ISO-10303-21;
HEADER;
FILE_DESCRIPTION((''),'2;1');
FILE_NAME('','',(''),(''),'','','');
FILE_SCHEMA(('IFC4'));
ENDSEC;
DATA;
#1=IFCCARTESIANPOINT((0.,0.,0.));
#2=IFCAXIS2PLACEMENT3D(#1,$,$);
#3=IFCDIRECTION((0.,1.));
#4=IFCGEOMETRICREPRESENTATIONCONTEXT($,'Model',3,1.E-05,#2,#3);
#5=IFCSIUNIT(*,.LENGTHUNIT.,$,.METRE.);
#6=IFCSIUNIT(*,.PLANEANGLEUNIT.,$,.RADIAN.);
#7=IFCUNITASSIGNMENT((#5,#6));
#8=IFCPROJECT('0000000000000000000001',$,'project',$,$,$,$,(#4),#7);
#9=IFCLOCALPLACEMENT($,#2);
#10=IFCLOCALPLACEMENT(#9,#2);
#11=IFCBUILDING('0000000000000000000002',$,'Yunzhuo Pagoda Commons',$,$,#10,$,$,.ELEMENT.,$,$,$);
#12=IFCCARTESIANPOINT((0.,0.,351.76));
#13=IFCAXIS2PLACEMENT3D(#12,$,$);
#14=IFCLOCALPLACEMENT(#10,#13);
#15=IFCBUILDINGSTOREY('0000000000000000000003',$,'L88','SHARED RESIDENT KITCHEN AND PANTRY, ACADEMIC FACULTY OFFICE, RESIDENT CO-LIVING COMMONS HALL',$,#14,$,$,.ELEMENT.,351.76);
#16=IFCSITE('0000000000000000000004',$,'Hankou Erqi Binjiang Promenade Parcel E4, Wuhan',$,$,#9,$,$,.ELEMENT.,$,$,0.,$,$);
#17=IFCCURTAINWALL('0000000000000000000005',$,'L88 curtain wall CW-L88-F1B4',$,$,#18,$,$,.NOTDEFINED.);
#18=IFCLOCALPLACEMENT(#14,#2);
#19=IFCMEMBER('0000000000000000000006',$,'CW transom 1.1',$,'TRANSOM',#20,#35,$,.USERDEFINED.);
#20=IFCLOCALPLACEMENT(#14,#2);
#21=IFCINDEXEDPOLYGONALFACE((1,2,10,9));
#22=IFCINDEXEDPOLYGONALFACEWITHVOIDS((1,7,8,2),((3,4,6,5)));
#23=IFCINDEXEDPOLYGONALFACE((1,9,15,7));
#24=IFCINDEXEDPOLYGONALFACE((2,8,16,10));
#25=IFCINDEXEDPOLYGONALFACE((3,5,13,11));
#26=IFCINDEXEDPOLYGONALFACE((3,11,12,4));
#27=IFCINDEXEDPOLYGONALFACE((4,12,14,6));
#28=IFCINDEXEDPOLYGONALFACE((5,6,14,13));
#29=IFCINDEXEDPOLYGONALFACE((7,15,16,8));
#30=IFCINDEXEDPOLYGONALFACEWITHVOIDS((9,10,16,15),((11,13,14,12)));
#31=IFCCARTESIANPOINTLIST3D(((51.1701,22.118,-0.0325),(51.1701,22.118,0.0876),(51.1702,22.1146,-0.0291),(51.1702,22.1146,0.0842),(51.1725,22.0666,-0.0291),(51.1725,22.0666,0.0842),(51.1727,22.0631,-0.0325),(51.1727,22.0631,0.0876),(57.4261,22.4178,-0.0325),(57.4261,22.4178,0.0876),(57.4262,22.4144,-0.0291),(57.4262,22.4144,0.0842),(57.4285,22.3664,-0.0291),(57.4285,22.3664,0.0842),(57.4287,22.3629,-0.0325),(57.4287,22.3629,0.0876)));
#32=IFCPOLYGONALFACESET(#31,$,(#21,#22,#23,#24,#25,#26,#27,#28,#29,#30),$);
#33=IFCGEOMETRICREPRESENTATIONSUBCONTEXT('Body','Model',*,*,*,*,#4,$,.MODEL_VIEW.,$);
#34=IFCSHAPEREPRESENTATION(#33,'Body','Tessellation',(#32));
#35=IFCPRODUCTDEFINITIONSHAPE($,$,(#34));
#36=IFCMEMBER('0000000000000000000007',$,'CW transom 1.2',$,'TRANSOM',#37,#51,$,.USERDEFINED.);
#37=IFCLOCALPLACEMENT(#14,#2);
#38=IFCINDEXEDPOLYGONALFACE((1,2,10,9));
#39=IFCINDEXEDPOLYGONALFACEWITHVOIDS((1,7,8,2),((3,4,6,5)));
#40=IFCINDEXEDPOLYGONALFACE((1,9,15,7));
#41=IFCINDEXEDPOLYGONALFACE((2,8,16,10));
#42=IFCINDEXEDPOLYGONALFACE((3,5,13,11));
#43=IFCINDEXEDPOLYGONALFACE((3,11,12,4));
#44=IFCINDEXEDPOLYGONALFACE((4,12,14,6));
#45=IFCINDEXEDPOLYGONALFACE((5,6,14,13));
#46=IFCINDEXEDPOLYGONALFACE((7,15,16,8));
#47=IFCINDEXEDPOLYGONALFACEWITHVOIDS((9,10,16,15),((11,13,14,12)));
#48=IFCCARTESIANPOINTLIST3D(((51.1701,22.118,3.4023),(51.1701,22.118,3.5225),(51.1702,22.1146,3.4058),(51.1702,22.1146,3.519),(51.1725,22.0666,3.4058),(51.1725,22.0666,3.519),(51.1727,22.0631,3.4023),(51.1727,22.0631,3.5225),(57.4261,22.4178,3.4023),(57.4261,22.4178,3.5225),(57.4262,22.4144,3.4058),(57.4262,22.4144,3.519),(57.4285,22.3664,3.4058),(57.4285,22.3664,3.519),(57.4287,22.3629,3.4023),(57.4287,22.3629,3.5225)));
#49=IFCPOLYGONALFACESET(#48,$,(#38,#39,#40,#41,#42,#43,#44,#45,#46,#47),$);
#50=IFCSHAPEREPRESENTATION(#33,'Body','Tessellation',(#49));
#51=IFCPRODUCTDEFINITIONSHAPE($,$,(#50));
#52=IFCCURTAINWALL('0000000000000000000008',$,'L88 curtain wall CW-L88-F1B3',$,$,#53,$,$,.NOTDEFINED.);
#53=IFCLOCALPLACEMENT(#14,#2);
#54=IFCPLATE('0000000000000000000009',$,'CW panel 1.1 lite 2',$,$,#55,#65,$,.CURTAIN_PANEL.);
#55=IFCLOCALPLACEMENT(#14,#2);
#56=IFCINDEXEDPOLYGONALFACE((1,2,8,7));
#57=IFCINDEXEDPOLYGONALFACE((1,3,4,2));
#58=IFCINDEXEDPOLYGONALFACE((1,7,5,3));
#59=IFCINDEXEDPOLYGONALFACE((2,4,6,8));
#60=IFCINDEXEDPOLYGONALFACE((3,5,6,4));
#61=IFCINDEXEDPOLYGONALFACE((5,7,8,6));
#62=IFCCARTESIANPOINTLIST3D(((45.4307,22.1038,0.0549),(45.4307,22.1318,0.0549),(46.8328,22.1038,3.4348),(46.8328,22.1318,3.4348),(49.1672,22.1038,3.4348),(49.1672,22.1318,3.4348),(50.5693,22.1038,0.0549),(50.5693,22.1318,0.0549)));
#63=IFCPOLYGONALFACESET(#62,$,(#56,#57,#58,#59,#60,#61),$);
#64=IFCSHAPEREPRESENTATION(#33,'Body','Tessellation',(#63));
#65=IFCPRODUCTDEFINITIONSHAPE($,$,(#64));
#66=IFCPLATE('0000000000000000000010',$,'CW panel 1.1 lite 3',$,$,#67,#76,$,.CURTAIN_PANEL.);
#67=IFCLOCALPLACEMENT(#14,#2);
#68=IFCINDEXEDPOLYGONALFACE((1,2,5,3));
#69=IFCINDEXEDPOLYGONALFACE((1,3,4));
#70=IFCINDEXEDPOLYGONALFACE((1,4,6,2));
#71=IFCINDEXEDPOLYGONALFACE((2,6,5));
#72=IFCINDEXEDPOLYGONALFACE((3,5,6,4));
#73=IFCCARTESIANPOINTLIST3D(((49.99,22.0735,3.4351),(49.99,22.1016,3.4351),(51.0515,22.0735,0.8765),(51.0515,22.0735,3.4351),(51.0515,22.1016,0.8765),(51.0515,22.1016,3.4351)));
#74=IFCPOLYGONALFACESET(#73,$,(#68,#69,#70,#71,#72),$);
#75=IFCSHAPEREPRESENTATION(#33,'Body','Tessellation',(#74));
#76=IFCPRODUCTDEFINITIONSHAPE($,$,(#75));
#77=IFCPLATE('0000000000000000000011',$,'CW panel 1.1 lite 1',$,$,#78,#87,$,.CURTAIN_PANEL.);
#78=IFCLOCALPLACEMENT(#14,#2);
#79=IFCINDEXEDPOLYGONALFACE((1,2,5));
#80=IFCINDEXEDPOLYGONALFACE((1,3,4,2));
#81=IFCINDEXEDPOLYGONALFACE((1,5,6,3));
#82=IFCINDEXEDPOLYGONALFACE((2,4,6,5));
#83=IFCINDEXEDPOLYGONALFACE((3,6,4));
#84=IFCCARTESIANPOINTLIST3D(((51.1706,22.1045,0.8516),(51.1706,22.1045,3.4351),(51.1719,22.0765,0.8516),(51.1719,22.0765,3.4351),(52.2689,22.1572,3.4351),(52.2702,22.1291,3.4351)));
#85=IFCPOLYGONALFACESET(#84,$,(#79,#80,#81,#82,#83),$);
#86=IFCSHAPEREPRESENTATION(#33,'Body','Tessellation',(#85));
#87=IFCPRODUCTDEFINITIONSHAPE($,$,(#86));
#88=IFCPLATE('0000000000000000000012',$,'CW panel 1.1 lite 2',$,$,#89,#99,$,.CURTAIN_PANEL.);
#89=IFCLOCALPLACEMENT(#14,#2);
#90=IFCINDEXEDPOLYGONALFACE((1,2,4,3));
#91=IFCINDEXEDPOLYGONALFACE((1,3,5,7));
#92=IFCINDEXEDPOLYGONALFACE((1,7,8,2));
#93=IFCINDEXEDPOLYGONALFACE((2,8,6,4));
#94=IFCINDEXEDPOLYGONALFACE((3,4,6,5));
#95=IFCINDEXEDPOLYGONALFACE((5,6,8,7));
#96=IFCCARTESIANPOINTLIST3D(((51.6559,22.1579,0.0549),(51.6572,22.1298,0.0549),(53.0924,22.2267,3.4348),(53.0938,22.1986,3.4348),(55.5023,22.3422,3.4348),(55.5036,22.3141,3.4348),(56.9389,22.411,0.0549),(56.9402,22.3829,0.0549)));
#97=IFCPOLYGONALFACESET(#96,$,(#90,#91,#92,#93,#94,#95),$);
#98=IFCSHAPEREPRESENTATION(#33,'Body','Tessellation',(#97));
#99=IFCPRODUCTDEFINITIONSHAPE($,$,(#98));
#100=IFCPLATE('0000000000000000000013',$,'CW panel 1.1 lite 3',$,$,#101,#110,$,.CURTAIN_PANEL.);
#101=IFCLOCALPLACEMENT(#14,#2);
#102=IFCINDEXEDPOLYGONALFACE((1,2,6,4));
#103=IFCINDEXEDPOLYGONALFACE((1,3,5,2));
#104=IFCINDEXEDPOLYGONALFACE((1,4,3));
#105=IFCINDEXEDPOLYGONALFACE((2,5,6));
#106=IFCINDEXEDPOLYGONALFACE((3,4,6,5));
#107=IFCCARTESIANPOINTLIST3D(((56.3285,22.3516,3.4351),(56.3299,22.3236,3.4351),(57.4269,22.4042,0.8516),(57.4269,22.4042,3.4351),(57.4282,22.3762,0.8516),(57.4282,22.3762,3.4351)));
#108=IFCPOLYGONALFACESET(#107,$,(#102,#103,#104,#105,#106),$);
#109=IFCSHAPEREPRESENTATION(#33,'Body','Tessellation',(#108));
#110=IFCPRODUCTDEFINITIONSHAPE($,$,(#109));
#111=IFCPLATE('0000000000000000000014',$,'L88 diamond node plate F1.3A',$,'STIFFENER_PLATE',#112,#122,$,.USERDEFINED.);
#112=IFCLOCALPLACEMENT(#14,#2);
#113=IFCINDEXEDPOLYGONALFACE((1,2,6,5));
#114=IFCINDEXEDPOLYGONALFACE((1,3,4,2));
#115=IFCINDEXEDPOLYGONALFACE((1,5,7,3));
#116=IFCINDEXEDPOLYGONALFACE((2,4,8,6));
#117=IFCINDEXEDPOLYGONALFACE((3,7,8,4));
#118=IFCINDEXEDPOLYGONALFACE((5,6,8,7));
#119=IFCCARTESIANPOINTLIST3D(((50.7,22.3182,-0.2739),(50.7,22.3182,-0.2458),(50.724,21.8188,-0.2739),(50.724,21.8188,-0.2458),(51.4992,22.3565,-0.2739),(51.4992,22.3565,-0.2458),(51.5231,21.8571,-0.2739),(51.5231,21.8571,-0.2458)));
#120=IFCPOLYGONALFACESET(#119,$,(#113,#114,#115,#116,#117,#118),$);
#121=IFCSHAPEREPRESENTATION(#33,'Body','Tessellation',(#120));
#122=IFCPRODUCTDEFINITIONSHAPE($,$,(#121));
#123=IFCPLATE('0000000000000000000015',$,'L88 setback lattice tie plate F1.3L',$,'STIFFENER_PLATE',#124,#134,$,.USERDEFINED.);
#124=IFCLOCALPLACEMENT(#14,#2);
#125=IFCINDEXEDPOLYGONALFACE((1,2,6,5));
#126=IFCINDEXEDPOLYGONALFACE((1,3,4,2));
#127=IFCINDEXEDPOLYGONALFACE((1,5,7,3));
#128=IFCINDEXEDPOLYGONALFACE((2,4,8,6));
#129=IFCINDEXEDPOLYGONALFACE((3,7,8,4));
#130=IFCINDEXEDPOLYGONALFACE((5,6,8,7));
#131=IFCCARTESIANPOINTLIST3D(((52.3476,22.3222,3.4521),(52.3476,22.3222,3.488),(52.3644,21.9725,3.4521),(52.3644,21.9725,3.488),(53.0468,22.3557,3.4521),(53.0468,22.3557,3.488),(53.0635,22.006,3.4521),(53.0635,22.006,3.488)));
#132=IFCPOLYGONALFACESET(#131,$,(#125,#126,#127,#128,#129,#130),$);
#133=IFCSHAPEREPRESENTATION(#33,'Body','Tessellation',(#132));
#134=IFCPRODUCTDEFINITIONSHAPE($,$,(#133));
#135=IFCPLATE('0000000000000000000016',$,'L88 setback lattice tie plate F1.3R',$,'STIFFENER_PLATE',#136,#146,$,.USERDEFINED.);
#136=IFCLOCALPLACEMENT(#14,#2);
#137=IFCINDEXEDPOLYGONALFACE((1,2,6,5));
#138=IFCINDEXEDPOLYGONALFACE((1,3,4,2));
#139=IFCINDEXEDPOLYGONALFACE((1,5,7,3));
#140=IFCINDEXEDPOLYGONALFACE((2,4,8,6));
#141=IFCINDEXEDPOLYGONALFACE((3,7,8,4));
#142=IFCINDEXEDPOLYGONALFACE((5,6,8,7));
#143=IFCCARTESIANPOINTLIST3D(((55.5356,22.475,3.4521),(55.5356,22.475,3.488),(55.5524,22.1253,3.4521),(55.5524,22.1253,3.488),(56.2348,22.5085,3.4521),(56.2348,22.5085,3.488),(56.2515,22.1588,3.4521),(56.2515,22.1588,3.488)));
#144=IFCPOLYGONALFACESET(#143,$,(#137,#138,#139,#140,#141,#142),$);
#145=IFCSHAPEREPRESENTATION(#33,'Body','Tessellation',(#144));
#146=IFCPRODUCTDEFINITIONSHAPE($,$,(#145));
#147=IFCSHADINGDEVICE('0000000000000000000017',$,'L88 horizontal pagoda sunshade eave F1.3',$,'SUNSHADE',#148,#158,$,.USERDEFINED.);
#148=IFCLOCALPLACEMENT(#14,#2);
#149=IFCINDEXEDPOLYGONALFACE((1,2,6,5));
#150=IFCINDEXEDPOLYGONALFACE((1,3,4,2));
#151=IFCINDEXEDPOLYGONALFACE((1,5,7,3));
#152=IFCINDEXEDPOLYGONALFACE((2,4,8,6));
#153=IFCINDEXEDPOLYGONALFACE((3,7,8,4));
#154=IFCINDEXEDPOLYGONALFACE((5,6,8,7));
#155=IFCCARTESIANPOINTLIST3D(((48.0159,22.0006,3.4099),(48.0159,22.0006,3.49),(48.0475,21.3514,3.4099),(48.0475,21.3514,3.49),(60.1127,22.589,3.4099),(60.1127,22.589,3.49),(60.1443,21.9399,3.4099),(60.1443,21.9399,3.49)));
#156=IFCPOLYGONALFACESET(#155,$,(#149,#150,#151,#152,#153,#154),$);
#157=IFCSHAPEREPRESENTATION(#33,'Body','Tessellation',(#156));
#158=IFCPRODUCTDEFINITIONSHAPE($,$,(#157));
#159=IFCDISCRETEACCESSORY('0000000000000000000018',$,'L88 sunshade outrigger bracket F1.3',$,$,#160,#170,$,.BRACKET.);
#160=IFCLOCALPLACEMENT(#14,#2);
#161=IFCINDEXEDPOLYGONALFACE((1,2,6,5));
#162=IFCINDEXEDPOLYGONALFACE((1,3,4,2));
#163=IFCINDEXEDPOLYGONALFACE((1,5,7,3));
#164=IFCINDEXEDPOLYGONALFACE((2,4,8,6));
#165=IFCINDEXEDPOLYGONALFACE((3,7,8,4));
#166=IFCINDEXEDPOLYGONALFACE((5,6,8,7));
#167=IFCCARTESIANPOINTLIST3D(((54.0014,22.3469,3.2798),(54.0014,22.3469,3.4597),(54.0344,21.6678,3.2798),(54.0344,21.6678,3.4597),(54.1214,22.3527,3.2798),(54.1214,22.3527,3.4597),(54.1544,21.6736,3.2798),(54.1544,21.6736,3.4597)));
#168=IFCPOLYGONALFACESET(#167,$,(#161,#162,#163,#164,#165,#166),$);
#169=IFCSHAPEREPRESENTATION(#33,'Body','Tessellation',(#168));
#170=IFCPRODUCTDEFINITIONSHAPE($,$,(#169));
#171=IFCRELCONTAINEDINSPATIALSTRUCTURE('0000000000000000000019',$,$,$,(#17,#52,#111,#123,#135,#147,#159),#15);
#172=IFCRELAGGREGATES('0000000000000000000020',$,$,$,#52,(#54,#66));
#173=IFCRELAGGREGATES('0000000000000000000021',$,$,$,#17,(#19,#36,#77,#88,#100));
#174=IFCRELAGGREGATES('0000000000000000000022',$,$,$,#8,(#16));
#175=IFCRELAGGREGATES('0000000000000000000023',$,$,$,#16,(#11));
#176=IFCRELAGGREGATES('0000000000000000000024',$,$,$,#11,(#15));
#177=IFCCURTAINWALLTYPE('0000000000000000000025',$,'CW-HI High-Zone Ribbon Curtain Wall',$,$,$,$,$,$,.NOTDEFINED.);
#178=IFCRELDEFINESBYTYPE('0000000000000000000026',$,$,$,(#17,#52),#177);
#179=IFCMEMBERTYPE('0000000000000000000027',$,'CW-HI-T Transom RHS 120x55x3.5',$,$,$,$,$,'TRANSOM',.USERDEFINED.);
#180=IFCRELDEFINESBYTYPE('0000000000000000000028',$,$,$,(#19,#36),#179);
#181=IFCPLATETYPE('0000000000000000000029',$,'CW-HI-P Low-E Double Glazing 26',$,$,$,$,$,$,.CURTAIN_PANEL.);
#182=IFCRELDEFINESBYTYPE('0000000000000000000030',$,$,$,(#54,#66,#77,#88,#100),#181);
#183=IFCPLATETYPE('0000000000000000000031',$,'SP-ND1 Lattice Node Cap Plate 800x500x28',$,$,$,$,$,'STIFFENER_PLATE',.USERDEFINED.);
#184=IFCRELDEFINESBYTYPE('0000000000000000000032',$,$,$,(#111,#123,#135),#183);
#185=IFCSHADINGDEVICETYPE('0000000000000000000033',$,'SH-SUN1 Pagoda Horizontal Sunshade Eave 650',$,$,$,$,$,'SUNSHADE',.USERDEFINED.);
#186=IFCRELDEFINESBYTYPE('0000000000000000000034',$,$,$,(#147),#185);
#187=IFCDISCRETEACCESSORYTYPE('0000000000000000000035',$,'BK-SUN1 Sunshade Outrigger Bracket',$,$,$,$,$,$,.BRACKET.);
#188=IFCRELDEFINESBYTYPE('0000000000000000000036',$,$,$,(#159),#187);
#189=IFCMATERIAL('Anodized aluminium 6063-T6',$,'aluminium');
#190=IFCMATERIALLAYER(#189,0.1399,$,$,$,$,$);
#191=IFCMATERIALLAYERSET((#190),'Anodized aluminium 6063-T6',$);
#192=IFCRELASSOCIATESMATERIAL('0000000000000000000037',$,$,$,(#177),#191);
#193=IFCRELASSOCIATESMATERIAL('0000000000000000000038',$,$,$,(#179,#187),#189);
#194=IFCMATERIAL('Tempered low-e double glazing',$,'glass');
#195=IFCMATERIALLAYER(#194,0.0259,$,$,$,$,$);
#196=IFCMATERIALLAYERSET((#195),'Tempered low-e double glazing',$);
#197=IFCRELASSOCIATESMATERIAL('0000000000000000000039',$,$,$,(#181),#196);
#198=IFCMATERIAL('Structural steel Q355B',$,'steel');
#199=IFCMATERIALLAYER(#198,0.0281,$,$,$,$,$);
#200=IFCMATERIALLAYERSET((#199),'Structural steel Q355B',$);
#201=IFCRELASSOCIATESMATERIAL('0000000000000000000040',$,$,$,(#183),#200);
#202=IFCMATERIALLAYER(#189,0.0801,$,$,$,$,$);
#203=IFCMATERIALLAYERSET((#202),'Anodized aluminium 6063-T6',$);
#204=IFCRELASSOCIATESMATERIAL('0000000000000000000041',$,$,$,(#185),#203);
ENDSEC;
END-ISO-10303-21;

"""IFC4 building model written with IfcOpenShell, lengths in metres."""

from ifc_helpers import new_model, si_unit, direction, frame, origin, origin_2d, place, context, subcontext, project, spatial, polyline, rectangle, hollow_rectangle, outline, extrude, source, transform, mapped, material, layer, layer_set, material_profile, profile_set, type_object, element, aggregate, save


model = new_model("IFC4")

# Units and contexts
model_context = context("Model", 3, precision=1e-05, world=origin(), true_north=direction((0.0, 1.0)))
body_context = subcontext(model_context, "Body", "Model", "MODEL_VIEW")
ifc_project = project(units=[si_unit("LENGTHUNIT", "METRE"), si_unit("PLANEANGLEUNIT", "RADIAN")], contexts=[model_context])

# Site, building, storey
site_placement = place(None, origin())
site = spatial("IfcSite", under=ifc_project, at=site_placement, Name="Hankou Erqi Binjiang Promenade Parcel E4, Wuhan", CompositionType="ELEMENT", RefElevation=0.0)
building_placement = place(site_placement, origin())
building = spatial("IfcBuilding", under=site, at=building_placement, Name="Yunzhuo Pagoda Commons", CompositionType="ELEMENT")
storey_placement = place(building_placement, frame((0.0, 0.0, 351.76)))
storey = spatial("IfcBuildingStorey", under=building, at=storey_placement, Name="L88", Description="SHARED RESIDENT KITCHEN AND PANTRY, ACADEMIC FACULTY OFFICE, RESIDENT CO-LIVING COMMONS HALL", CompositionType="ELEMENT", Elevation=351.76)

# Shared definitions
ifc_material_1 = material(Name="Structural steel Q355B", Category="steel")

# Curtain wall, members
ifc_material_2 = material(Name="Anodized aluminium 6063-T6", Category="aluminium")
ifc_layer_1 = layer(ifc_material_2, 0.1399)
ifc_layer_set_1 = layer_set([ifc_layer_1], Name="Anodized aluminium 6063-T6")
curtain_wall_type = type_object("IfcCurtainWallType", Name="CW-HI High-Zone Ribbon Curtain Wall", PredefinedType="NOTDEFINED", material=ifc_layer_set_1)
curtain_wall_1_placement = place(storey_placement, origin())
curtain_wall_1 = element("IfcCurtainWall", 1, at=curtain_wall_1_placement, inside=storey, type_object=curtain_wall_type, Name="L88 curtain wall CW-L88-F1B4", PredefinedType="NOTDEFINED")
ifc_material_profile_1 = material_profile(ifc_material_2, hollow_rectangle(XDim=0.0549, YDim=0.1201, WallThickness=0.0034, at=origin_2d()), Name="Anodized aluminium 6063-T6")
ifc_profile_set_1 = profile_set([ifc_material_profile_1], Name="Anodized aluminium 6063-T6")
member_type_1 = type_object("IfcMemberType", Name="CW-HI-T Transom RHS 120x55x3.5", ElementType="TRANSOM", PredefinedType="USERDEFINED", material=ifc_profile_set_1)
shared_shape_1 = source(origin(), body_context, "Body", "SweptSolid", [
    extrude(hollow_rectangle(XDim=0.0549, YDim=0.1201, WallThickness=0.0034, at=origin_2d()), origin(), (0.0, 0.0, 1.0), 6.2632),
])
member_1_placement = place(storey_placement, frame((51.1714, 22.0906, 0.0276), z_axis=(0.998854, 0.047867, 0.0), x_axis=(-0.047867, 0.998854, 0.0)))
member_1 = element("IfcMember", 2, at=member_1_placement, type_object=member_type_1, Name="CW transom 1.1", ObjectType="TRANSOM", PredefinedType="USERDEFINED", context=body_context, shape_type="MappedRepresentation", body=[
    mapped(shared_shape_1, transform((0.0, 0.0, 0.0), scale=1.0)),
])
member_2_placement = place(storey_placement, frame((51.1714, 22.0906, 3.4624), z_axis=(0.998854, 0.047867, 0.0), x_axis=(-0.047867, 0.998854, 0.0)))
member_2 = element("IfcMember", 3, at=member_2_placement, type_object=member_type_1, Name="CW transom 1.2", ObjectType="TRANSOM", PredefinedType="USERDEFINED", context=body_context, shape_type="MappedRepresentation", body=[
    mapped(shared_shape_1, transform((0.0, 0.0, 0.0), scale=1.0)),
])

# Curtain wall, plates
curtain_wall_2_placement = place(storey_placement, origin())
curtain_wall_2 = element("IfcCurtainWall", 4, at=curtain_wall_2_placement, inside=storey, type_object=curtain_wall_type, Name="L88 curtain wall CW-L88-F1B3", PredefinedType="NOTDEFINED")
ifc_material_3 = material(Name="Tempered low-e double glazing", Category="glass")
ifc_layer_2 = layer(ifc_material_3, 0.0259)
ifc_layer_set_2 = layer_set([ifc_layer_2], Name="Tempered low-e double glazing")
plate_type_1 = type_object("IfcPlateType", Name="CW-HI-P Low-E Double Glazing 26", PredefinedType="CURTAIN_PANEL", material=ifc_layer_set_2)
plate_1_placement = place(storey_placement, frame((48.0, 22.1318, 1.7449), z_axis=(0.0, -1.0, 0.0), x_axis=(1.0, 0.0, 0.0)))
plate_1 = element("IfcPlate", 5, at=plate_1_placement, type_object=plate_type_1, Name="CW panel 1.1 lite 2", PredefinedType="CURTAIN_PANEL", context=body_context, shape_type="SweptSolid", body=[
    extrude(outline(polyline([(-2.5693, -1.6899), (2.5693, -1.6899), (1.1672, 1.6899), (-1.1672, 1.6899), (-2.5693, -1.6899)])), origin(), (0.0, 0.0, 1.0), 0.0281),
])
plate_2_placement = place(storey_placement, frame((50.5208, 22.1016, 2.1558), z_axis=(0.0, -1.0, 0.0), x_axis=(1.0, 0.0, 0.0)))
plate_2 = element("IfcPlate", 6, at=plate_2_placement, type_object=plate_type_1, Name="CW panel 1.1 lite 3", PredefinedType="CURTAIN_PANEL", context=body_context, shape_type="SweptSolid", body=[
    extrude(outline(polyline([(-0.5308, 1.2793), (0.5308, -1.2793), (0.5308, 1.2793), (-0.5308, 1.2793)])), origin(), (0.0, 0.0, 1.0), 0.0281),
])
aggregate(curtain_wall_2, [plate_1, plate_2])

# Plates
plate_3_placement = place(storey_placement, frame((51.7197, 22.1309, 2.1433), z_axis=(0.047859, -0.998854, 0.0), x_axis=(0.998854, 0.047859, 0.0)))
plate_3 = element("IfcPlate", 7, at=plate_3_placement, type_object=plate_type_1, Name="CW panel 1.1 lite 1", PredefinedType="CURTAIN_PANEL", context=body_context, shape_type="SweptSolid", body=[
    extrude(outline(polyline([(-0.5498, -1.2917), (0.5498, 1.2917), (-0.5498, 1.2917), (-0.5498, -1.2917)])), origin(), (0.0, 0.0, 1.0), 0.0281),
])
plate_4_placement = place(storey_placement, frame((54.2974, 22.2844, 1.7449), z_axis=(0.047859, -0.998854, 0.0), x_axis=(0.998854, 0.047859, 0.0)))
plate_4 = element("IfcPlate", 8, at=plate_4_placement, type_object=plate_type_1, Name="CW panel 1.1 lite 2", PredefinedType="CURTAIN_PANEL", context=body_context, shape_type="SweptSolid", body=[
    extrude(outline(polyline([(-2.6445, -1.6899), (2.6445, -1.6899), (1.2063, 1.6899), (-1.2063, 1.6899), (-2.6445, -1.6899)])), origin(), (0.0, 0.0, 1.0), 0.0281),
])
plate_5_placement = place(storey_placement, frame((56.8777, 22.3779, 2.1433), z_axis=(0.047859, -0.998854, 0.0), x_axis=(0.998854, 0.047859, 0.0)))
plate_5 = element("IfcPlate", 9, at=plate_5_placement, type_object=plate_type_1, Name="CW panel 1.1 lite 3", PredefinedType="CURTAIN_PANEL", context=body_context, shape_type="SweptSolid", body=[
    extrude(outline(polyline([(-0.5498, 1.2917), (0.5498, -1.2917), (0.5498, 1.2917), (-0.5498, 1.2917)])), origin(), (0.0, 0.0, 1.0), 0.0281),
])
aggregate(curtain_wall_1, [member_1, member_2, plate_3, plate_4, plate_5])

# Plates
ifc_layer_3 = layer(ifc_material_1, 0.0281)
ifc_layer_set_3 = layer_set([ifc_layer_3], Name="Structural steel Q355B")
plate_type_2 = type_object("IfcPlateType", Name="SP-ND1 Lattice Node Cap Plate 800x500x28", ElementType="STIFFENER_PLATE", PredefinedType="USERDEFINED", material=ifc_layer_set_3)
shared_shape_2 = source(origin(), body_context, "Body", "SweptSolid", [
    extrude(rectangle(XDim=0.8, YDim=0.5, at=origin_2d()), origin(), (0.0, 0.0, 1.0), 0.0281),
])
plate_6_placement = place(storey_placement, frame((51.1116, 22.0876, -0.2739), z_axis=(0.0, 0.0, 1.0), x_axis=(0.998854, 0.047856, 0.0)))
element("IfcPlate", 10, at=plate_6_placement, inside=storey, type_object=plate_type_2, Name="L88 diamond node plate F1.3A", ObjectType="STIFFENER_PLATE", PredefinedType="USERDEFINED", context=body_context, shape_type="MappedRepresentation", body=[
    mapped(shared_shape_2, transform((0.0, 0.0, 0.0), scale=1.0)),
])
shared_shape_3 = source(origin(), body_context, "Body", "SweptSolid", [
    extrude(rectangle(XDim=0.7, YDim=0.3501, at=origin_2d()), origin(), (0.0, 0.0, 1.0), 0.0359),
])
for number, where, z_axis, x_axis, name in (
    (11, (52.7056, 22.1641, 3.4521), (0.0, 0.0, 1.0), (0.998854, 0.047856, 0.0), "L88 setback lattice tie plate F1.3L"),
    (12, (55.8936, 22.3169, 3.4521), (0.0, 0.0, 1.0), (0.998854, 0.047856, 0.0), "L88 setback lattice tie plate F1.3R"),
):
    element("IfcPlate", number, at=place(storey_placement, frame(where, z_axis=z_axis, x_axis=x_axis)), inside=storey, type_object=plate_type_2, Name=name, ObjectType="STIFFENER_PLATE", PredefinedType="USERDEFINED", context=body_context, shape_type="MappedRepresentation", body=[
        mapped(shared_shape_3, transform((0.0, 0.0, 0.0), scale=1.0)),
    ])

# Shading device
ifc_layer_4 = layer(ifc_material_2, 0.0801)
ifc_layer_set_4 = layer_set([ifc_layer_4], Name="Anodized aluminium 6063-T6")
shading_device_type = type_object("IfcShadingDeviceType", Name="SH-SUN1 Pagoda Horizontal Sunshade Eave 650", ElementType="SUNSHADE", PredefinedType="USERDEFINED", material=ifc_layer_set_4)
shared_shape_4 = source(origin(), body_context, "Body", "SweptSolid", [
    extrude(rectangle(XDim=12.1111, YDim=0.6499, at=origin_2d()), origin(), (0.0, 0.0, 1.0), 0.0801),
])
shading_device_placement = place(storey_placement, frame((54.0801, 21.9702, 3.4099), z_axis=(0.0, 0.0, 1.0), x_axis=(0.998819, 0.048588, 0.0)))
element("IfcShadingDevice", 13, at=shading_device_placement, inside=storey, type_object=shading_device_type, Name="L88 horizontal pagoda sunshade eave F1.3", ObjectType="SUNSHADE", PredefinedType="USERDEFINED", context=body_context, shape_type="MappedRepresentation", body=[
    mapped(shared_shape_4, transform((0.0, 0.0, 0.0), scale=1.0)),
])

# Discrete accessory
discrete_accessory_type = type_object("IfcDiscreteAccessoryType", Name="BK-SUN1 Sunshade Outrigger Bracket", PredefinedType="BRACKET", material=ifc_material_2)
shared_shape_5 = source(origin(), body_context, "Body", "SweptSolid", [
    extrude(rectangle(XDim=0.1201, YDim=0.6799, at=origin_2d()), origin(), (0.0, 0.0, 1.0), 0.1799),
])
discrete_accessory_placement = place(storey_placement, frame((54.0779, 22.0103, 3.2798), z_axis=(0.0, 0.0, 1.0), x_axis=(0.998819, 0.048588, 0.0)))
element("IfcDiscreteAccessory", 14, at=discrete_accessory_placement, inside=storey, type_object=discrete_accessory_type, Name="L88 sunshade outrigger bracket F1.3", PredefinedType="BRACKET", context=body_context, shape_type="MappedRepresentation", body=[
    mapped(shared_shape_5, transform((0.0, 0.0, 0.0), scale=1.0)),
])

save(model, "model.ifc")
